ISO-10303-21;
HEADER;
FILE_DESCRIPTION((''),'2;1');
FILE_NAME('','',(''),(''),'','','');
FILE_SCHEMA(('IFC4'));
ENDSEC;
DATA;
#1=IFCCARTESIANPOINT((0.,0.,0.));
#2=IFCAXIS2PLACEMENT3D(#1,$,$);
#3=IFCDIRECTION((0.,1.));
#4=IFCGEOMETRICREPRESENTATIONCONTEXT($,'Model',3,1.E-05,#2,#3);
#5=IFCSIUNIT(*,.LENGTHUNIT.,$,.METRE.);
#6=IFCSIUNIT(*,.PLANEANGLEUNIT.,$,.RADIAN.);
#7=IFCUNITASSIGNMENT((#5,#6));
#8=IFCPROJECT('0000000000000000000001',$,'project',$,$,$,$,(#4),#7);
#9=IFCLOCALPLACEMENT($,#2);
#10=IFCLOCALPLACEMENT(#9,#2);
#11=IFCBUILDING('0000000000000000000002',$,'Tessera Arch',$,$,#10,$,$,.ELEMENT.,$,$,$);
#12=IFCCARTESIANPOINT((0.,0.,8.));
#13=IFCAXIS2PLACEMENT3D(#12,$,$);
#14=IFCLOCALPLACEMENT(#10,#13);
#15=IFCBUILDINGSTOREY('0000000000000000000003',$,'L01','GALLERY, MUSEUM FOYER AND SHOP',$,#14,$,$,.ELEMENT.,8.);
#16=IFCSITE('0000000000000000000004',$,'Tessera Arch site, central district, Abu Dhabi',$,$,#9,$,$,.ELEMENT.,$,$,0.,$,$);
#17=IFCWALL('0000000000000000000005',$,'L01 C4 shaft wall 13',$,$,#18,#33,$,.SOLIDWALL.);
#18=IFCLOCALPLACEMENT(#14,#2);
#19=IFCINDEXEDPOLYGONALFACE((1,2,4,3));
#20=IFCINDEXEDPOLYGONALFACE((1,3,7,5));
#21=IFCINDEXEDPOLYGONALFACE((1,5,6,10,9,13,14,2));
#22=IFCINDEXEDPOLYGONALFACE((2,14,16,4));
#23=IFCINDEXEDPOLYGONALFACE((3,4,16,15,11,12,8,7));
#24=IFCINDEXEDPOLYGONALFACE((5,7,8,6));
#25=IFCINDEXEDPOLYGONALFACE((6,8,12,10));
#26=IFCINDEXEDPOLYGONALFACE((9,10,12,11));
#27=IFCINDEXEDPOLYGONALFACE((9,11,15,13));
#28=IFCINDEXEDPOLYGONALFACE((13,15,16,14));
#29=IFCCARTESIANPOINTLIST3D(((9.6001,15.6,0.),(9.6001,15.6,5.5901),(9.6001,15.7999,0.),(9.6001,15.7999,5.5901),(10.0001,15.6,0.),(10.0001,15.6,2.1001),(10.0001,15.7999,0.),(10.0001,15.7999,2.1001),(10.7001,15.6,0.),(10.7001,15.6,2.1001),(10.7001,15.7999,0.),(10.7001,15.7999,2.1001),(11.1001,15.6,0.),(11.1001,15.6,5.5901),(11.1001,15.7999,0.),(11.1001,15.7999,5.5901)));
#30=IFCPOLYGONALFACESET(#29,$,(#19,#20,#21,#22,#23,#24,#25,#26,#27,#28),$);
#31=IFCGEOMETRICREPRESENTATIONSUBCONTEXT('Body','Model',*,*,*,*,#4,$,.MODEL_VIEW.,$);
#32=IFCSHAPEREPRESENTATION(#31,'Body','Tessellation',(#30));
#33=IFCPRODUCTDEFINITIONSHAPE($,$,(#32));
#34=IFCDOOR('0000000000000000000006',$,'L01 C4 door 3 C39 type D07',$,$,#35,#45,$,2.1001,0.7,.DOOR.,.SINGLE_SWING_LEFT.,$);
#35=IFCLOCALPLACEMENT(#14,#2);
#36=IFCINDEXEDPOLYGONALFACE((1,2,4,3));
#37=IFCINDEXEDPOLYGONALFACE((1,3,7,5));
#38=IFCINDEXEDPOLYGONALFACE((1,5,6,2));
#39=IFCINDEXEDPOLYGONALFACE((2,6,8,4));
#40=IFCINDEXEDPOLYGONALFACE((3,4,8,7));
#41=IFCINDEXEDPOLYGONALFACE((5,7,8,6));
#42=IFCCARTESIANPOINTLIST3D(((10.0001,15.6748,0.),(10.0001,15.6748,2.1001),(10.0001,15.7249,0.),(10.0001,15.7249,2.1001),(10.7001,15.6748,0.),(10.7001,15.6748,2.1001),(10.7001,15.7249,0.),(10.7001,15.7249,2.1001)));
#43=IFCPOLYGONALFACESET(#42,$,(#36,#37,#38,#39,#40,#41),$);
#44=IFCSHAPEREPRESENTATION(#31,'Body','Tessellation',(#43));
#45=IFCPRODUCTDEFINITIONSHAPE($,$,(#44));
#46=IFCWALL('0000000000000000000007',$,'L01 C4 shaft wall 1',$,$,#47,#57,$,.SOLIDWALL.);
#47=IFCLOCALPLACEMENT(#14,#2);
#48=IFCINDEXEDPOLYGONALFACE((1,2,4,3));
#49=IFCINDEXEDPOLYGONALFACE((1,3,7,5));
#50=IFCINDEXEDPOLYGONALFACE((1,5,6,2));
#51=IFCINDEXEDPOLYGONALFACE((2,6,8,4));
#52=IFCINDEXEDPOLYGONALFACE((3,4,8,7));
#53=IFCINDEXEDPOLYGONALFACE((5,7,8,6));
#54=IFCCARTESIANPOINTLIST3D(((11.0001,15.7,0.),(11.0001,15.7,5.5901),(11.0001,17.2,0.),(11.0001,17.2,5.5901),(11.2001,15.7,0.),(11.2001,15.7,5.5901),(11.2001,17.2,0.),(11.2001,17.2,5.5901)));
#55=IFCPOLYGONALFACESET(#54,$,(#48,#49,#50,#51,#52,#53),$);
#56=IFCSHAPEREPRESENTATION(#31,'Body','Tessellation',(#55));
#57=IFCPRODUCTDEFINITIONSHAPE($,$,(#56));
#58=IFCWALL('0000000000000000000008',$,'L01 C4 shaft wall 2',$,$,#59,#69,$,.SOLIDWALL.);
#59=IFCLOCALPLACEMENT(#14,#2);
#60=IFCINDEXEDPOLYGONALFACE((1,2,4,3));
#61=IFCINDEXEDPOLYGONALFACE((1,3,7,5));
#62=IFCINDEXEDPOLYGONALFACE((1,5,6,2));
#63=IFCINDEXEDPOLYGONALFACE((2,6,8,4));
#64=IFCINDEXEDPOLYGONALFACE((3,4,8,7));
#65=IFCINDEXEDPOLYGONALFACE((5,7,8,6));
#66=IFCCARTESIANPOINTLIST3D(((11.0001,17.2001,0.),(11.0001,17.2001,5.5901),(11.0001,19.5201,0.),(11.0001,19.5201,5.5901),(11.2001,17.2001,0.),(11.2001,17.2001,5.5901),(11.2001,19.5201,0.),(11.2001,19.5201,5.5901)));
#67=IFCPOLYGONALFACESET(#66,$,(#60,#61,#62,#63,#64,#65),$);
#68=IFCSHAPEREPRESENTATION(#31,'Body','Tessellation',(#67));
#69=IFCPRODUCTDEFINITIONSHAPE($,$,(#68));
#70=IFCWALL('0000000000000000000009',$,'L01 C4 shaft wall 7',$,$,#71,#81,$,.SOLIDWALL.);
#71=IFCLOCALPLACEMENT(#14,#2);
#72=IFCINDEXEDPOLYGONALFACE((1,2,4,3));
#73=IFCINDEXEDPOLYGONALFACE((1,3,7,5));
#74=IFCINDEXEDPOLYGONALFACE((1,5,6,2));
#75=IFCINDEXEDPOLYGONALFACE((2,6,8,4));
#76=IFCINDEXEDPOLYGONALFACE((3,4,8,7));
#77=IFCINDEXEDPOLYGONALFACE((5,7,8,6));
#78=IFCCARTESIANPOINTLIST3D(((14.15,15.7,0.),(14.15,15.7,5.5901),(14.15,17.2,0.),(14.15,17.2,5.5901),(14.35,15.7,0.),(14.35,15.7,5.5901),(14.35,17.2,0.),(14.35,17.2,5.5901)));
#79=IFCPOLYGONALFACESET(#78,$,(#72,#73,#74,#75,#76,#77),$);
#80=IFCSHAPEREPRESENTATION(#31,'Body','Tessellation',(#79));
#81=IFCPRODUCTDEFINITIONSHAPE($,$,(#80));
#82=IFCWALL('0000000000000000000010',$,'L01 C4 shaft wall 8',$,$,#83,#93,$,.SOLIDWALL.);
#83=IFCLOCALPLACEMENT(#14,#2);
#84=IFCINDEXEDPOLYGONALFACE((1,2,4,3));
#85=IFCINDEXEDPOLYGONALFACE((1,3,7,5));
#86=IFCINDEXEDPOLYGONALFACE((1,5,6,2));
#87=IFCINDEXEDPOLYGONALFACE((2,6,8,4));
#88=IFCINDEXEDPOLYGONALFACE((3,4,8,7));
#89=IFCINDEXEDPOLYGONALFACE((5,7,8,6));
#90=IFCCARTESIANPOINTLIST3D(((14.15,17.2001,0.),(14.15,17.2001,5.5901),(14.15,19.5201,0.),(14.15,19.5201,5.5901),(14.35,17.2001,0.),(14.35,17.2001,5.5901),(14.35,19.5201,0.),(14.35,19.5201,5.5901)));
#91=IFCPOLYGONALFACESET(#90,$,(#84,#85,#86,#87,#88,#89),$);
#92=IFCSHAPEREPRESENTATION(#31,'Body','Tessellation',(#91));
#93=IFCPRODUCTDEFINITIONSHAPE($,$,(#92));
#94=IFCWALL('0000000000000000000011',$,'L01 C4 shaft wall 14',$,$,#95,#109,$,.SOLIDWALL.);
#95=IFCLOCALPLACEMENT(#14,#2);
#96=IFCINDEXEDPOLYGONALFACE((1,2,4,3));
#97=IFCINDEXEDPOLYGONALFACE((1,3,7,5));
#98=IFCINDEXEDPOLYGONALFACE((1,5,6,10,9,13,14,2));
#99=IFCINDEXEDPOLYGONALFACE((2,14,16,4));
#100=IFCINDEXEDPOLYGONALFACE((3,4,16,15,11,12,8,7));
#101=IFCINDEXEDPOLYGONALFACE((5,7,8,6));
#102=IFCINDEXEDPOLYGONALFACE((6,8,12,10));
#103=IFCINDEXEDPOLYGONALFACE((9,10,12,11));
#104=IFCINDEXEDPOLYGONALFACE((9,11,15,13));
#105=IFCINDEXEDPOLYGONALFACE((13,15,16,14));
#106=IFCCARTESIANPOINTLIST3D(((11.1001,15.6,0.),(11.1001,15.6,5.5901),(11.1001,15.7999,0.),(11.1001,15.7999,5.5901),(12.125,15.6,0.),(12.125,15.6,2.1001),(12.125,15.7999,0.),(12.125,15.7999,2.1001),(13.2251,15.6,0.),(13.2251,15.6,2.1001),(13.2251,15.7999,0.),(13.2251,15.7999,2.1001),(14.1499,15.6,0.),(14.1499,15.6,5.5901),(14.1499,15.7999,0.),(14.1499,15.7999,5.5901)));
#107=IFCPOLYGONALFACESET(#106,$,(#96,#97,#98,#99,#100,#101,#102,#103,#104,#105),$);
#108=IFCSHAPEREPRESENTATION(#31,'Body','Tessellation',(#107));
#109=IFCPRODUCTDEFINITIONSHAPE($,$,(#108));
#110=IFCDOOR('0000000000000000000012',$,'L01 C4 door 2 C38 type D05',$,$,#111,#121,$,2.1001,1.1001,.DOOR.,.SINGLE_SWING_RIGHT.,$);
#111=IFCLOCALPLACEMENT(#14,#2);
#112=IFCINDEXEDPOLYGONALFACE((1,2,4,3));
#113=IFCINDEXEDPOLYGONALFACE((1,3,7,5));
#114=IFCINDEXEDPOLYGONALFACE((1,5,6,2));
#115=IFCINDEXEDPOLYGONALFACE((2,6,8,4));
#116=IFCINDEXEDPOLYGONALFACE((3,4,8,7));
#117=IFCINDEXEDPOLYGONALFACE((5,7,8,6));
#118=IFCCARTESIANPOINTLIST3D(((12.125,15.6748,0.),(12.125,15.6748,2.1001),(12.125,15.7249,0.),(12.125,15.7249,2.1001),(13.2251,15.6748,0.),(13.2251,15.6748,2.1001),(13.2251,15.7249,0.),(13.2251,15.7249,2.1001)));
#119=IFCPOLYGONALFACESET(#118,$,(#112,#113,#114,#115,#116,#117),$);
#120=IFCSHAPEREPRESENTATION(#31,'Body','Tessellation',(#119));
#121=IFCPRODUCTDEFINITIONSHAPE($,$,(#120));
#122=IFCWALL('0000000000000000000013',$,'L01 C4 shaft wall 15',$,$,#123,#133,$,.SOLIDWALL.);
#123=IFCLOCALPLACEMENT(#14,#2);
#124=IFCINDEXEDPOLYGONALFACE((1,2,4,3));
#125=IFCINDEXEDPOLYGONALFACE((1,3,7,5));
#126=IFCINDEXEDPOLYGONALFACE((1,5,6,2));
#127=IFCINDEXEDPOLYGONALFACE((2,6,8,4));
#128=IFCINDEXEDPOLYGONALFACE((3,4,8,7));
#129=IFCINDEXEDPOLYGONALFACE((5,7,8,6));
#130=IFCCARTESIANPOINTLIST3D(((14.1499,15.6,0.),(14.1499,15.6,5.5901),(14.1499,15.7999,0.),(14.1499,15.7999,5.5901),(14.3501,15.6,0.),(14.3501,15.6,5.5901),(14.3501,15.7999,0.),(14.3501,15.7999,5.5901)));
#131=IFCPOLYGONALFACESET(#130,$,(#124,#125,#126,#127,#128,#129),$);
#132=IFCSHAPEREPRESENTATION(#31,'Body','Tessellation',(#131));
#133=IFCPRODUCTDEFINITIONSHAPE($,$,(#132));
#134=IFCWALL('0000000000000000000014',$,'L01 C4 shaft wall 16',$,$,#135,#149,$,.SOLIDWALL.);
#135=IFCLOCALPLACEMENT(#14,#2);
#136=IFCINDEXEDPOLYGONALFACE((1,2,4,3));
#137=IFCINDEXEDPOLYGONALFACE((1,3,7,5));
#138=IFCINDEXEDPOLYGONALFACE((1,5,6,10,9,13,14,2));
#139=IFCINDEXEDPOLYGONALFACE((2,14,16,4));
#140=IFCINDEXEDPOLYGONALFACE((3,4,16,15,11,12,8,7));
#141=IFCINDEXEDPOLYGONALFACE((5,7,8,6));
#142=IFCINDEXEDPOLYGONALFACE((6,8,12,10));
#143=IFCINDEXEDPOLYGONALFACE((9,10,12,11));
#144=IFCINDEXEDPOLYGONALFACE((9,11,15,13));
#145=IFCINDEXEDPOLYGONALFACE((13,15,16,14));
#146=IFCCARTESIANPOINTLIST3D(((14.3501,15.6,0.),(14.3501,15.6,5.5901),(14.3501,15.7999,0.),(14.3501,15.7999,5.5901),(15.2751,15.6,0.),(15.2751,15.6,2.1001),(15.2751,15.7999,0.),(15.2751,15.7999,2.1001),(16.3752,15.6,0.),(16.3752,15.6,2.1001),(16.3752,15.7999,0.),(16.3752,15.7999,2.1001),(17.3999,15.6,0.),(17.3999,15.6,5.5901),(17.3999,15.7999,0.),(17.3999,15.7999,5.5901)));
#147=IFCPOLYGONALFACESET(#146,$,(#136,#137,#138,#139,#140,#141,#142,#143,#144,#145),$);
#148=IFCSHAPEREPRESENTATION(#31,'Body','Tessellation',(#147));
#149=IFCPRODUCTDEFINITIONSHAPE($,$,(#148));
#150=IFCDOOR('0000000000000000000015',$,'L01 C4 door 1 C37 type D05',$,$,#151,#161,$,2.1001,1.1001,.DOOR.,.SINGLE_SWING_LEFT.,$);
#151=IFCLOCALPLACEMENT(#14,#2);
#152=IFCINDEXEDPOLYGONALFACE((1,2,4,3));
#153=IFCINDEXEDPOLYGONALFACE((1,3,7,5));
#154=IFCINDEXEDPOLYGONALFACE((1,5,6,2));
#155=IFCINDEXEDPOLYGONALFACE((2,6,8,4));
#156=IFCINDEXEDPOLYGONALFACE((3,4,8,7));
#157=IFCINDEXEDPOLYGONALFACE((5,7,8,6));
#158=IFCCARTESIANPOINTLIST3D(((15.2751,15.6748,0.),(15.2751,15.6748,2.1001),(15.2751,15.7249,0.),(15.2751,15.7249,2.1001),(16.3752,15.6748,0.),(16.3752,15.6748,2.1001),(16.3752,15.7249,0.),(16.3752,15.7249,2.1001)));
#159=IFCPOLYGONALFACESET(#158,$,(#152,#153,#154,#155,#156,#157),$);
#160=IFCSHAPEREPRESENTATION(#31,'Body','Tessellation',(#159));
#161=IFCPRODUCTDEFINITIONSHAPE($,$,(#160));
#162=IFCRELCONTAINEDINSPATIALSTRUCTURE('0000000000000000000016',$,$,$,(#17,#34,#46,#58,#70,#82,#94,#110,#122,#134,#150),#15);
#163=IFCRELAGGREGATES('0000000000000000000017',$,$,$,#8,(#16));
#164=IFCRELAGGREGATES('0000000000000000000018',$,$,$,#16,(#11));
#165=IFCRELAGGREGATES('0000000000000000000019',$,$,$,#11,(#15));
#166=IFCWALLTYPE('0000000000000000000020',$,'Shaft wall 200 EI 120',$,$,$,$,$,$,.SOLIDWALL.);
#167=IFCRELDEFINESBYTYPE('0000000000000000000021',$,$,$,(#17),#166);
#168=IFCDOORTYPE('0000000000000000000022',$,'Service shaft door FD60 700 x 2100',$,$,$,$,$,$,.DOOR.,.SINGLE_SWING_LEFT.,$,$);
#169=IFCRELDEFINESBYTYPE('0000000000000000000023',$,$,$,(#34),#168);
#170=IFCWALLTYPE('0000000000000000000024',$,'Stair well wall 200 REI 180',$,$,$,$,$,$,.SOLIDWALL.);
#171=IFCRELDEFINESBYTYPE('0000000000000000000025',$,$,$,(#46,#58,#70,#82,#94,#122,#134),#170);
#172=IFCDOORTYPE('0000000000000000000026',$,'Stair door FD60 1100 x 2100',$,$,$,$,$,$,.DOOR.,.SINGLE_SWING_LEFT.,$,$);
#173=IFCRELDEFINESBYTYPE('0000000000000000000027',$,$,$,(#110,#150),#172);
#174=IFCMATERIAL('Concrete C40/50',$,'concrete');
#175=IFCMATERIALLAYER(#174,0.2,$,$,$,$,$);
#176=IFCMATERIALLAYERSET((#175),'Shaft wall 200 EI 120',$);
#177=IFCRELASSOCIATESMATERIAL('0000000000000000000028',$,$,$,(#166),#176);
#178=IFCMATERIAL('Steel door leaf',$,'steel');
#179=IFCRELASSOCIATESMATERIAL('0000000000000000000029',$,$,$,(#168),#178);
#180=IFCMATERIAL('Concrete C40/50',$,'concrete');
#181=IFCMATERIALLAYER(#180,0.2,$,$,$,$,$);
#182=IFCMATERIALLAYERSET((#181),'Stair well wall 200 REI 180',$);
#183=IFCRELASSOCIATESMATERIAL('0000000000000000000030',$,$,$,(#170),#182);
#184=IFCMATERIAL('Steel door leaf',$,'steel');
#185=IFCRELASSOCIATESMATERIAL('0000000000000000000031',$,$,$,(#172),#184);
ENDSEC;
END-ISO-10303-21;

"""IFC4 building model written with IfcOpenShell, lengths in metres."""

from ifc_helpers import new_model, si_unit, direction, frame, frame_2d, origin, place, context, subcontext, project, spatial, rectangle, extrude, material, layer, layer_set, type_object, element, fill, save


model = new_model("IFC4")

# Units and contexts
model_context = context("Model", 3, precision=1e-05, world=origin(), true_north=direction((0.0, 1.0)))
body_context = subcontext(model_context, "Body", "Model", "MODEL_VIEW")
ifc_project = project(units=[si_unit("LENGTHUNIT", "METRE"), si_unit("PLANEANGLEUNIT", "RADIAN")], contexts=[model_context])

# Site, building, storey
site_placement = place(None, origin())
site = spatial("IfcSite", under=ifc_project, at=site_placement, Name="Tessera Arch site, central district, Abu Dhabi", CompositionType="ELEMENT", RefElevation=0.0)
building_placement = place(site_placement, origin())
building = spatial("IfcBuilding", under=site, at=building_placement, Name="Tessera Arch", CompositionType="ELEMENT")
storey_placement = place(building_placement, frame((0.0, 0.0, 8.0)))
storey = spatial("IfcBuildingStorey", under=building, at=storey_placement, Name="L01", Description="GALLERY, MUSEUM FOYER AND SHOP", CompositionType="ELEMENT", Elevation=8.0)

# Wall, opening, door
ifc_material_1 = material(Name="Concrete C40/50", Category="concrete")
ifc_layer_1 = layer(ifc_material_1, 0.2)
ifc_layer_set_1 = layer_set([ifc_layer_1], Name="Shaft wall 200 EI 120")
wall_type_1 = type_object("IfcWallType", Name="Shaft wall 200 EI 120", PredefinedType="SOLIDWALL", material=ifc_layer_set_1)
wall_1_placement = place(storey_placement, frame((9.6001, 15.7, 0.0), z_axis=(0.0, 0.0, 1.0), x_axis=(1.0, 0.0, 0.0)))
wall_1 = element("IfcWall", 1, at=wall_1_placement, inside=storey, type_object=wall_type_1, Name="L01 C4 shaft wall 13", PredefinedType="SOLIDWALL", context=body_context, shape_type="SweptSolid", body=[
    extrude(rectangle(XDim=1.5, YDim=0.2, at=frame_2d((0.75, 0.0))), origin(), (0.0, 0.0, 1.0), 5.5901),
])
opening_1_placement = place(wall_1_placement, frame((0.3999, 0.0, 0.0)))
opening_1 = element("IfcOpeningElement", 2, at=opening_1_placement, cuts=wall_1, PredefinedType="OPENING", context=body_context, shape_type="SweptSolid", body=[
    extrude(rectangle(XDim=0.7, YDim=2.1001, at=frame_2d((0.3501, 1.05))), frame((0.0, 0.1099, 0.0), z_axis=(0.0, -1.0, 0.0), x_axis=(1.0, 0.0, 0.0)), (0.0, 0.0, 1.0), 0.22),
])
ifc_material_2 = material(Name="Steel door leaf", Category="steel")
door_type_1 = type_object("IfcDoorType", Name="Service shaft door FD60 700 x 2100", OperationType="SINGLE_SWING_LEFT", PredefinedType="DOOR", material=ifc_material_2)
door_1_placement = place(opening_1_placement, origin())
door_1 = element("IfcDoor", 3, at=door_1_placement, inside=storey, type_object=door_type_1, Name="L01 C4 door 3 C39 type D07", OperationType="SINGLE_SWING_LEFT", OverallHeight=2.1001, OverallWidth=0.7, PredefinedType="DOOR", context=body_context, shape_type="SweptSolid", body=[
    extrude(rectangle(XDim=0.7, YDim=2.1001, at=frame_2d((0.3501, 1.05))), frame((0.0, 0.0249, 0.0), z_axis=(0.0, -1.0, 0.0), x_axis=(1.0, 0.0, 0.0)), (0.0, 0.0, 1.0), 0.05),
])
fill(opening_1, door_1)

# Walls
ifc_material_3 = material(Name="Concrete C40/50", Category="concrete")
ifc_layer_2 = layer(ifc_material_3, 0.2)
ifc_layer_set_2 = layer_set([ifc_layer_2], Name="Stair well wall 200 REI 180")
wall_type_2 = type_object("IfcWallType", Name="Stair well wall 200 REI 180", PredefinedType="SOLIDWALL", material=ifc_layer_set_2)
wall_2_placement = place(storey_placement, frame((11.1001, 15.7, 0.0), z_axis=(0.0, 0.0, 1.0), x_axis=(0.0, 1.0, 0.0)))
element("IfcWall", 4, at=wall_2_placement, inside=storey, type_object=wall_type_2, Name="L01 C4 shaft wall 1", PredefinedType="SOLIDWALL", context=body_context, shape_type="SweptSolid", body=[
    extrude(rectangle(XDim=1.5, YDim=0.2, at=frame_2d((0.75, 0.0))), origin(), (0.0, 0.0, 1.0), 5.5901),
])
wall_3_placement = place(storey_placement, frame((11.1001, 17.2, 0.0), z_axis=(0.0, 0.0, 1.0), x_axis=(0.0, 1.0, 0.0)))
element("IfcWall", 5, at=wall_3_placement, inside=storey, type_object=wall_type_2, Name="L01 C4 shaft wall 2", PredefinedType="SOLIDWALL", context=body_context, shape_type="SweptSolid", body=[
    extrude(rectangle(XDim=2.3201, YDim=0.2, at=frame_2d((1.1602, 0.0))), origin(), (0.0, 0.0, 1.0), 5.5901),
])
wall_4_placement = place(storey_placement, frame((14.25, 15.7, 0.0), z_axis=(0.0, 0.0, 1.0), x_axis=(0.0, 1.0, 0.0)))
element("IfcWall", 6, at=wall_4_placement, inside=storey, type_object=wall_type_2, Name="L01 C4 shaft wall 7", PredefinedType="SOLIDWALL", context=body_context, shape_type="SweptSolid", body=[
    extrude(rectangle(XDim=1.5, YDim=0.2, at=frame_2d((0.75, 0.0))), origin(), (0.0, 0.0, 1.0), 5.5901),
])
wall_5_placement = place(storey_placement, frame((14.25, 17.2, 0.0), z_axis=(0.0, 0.0, 1.0), x_axis=(0.0, 1.0, 0.0)))
element("IfcWall", 7, at=wall_5_placement, inside=storey, type_object=wall_type_2, Name="L01 C4 shaft wall 8", PredefinedType="SOLIDWALL", context=body_context, shape_type="SweptSolid", body=[
    extrude(rectangle(XDim=2.3201, YDim=0.2, at=frame_2d((1.1602, 0.0))), origin(), (0.0, 0.0, 1.0), 5.5901),
])

# Wall, opening, door
wall_6_placement = place(storey_placement, frame((11.1001, 15.7, 0.0), z_axis=(0.0, 0.0, 1.0), x_axis=(1.0, 0.0, 0.0)))
wall_6 = element("IfcWall", 8, at=wall_6_placement, inside=storey, type_object=wall_type_2, Name="L01 C4 shaft wall 14", PredefinedType="SOLIDWALL", context=body_context, shape_type="SweptSolid", body=[
    extrude(rectangle(XDim=3.0498, YDim=0.2, at=frame_2d((1.5249, 0.0))), origin(), (0.0, 0.0, 1.0), 5.5901),
])
opening_2_placement = place(wall_6_placement, frame((1.0249, 0.0, 0.0)))
opening_2 = element("IfcOpeningElement", 9, at=opening_2_placement, cuts=wall_6, PredefinedType="OPENING", context=body_context, shape_type="SweptSolid", body=[
    extrude(rectangle(XDim=1.1001, YDim=2.1001, at=frame_2d((0.55, 1.05))), frame((0.0, 0.1099, 0.0), z_axis=(0.0, -1.0, 0.0), x_axis=(1.0, 0.0, 0.0)), (0.0, 0.0, 1.0), 0.22),
])
ifc_material_4 = material(Name="Steel door leaf", Category="steel")
door_type_2 = type_object("IfcDoorType", Name="Stair door FD60 1100 x 2100", OperationType="SINGLE_SWING_LEFT", PredefinedType="DOOR", material=ifc_material_4)
door_2_placement = place(opening_2_placement, origin())
door_2 = element("IfcDoor", 10, at=door_2_placement, inside=storey, type_object=door_type_2, Name="L01 C4 door 2 C38 type D05", OperationType="SINGLE_SWING_RIGHT", OverallHeight=2.1001, OverallWidth=1.1001, PredefinedType="DOOR", context=body_context, shape_type="SweptSolid", body=[
    extrude(rectangle(XDim=1.1001, YDim=2.1001, at=frame_2d((0.55, 1.05))), frame((0.0, 0.0249, 0.0), z_axis=(0.0, -1.0, 0.0), x_axis=(1.0, 0.0, 0.0)), (0.0, 0.0, 1.0), 0.05),
])
fill(opening_2, door_2)

# Wall
wall_7_placement = place(storey_placement, frame((14.1499, 15.7, 0.0), z_axis=(0.0, 0.0, 1.0), x_axis=(1.0, 0.0, 0.0)))
element("IfcWall", 11, at=wall_7_placement, inside=storey, type_object=wall_type_2, Name="L01 C4 shaft wall 15", PredefinedType="SOLIDWALL", context=body_context, shape_type="SweptSolid", body=[
    extrude(rectangle(XDim=0.2002, YDim=0.2, at=frame_2d((0.1001, 0.0))), origin(), (0.0, 0.0, 1.0), 5.5901),
])

# Wall, opening, door
wall_8_placement = place(storey_placement, frame((14.3501, 15.7, 0.0), z_axis=(0.0, 0.0, 1.0), x_axis=(1.0, 0.0, 0.0)))
wall_8 = element("IfcWall", 12, at=wall_8_placement, inside=storey, type_object=wall_type_2, Name="L01 C4 shaft wall 16", PredefinedType="SOLIDWALL", context=body_context, shape_type="SweptSolid", body=[
    extrude(rectangle(XDim=3.0498, YDim=0.2, at=frame_2d((1.5249, 0.0))), origin(), (0.0, 0.0, 1.0), 5.5901),
])
opening_3_placement = place(wall_8_placement, frame((0.925, 0.0, 0.0)))
opening_3 = element("IfcOpeningElement", 13, at=opening_3_placement, cuts=wall_8, PredefinedType="OPENING", context=body_context, shape_type="SweptSolid", body=[
    extrude(rectangle(XDim=1.1001, YDim=2.1001, at=frame_2d((0.55, 1.05))), frame((0.0, 0.1099, 0.0), z_axis=(0.0, -1.0, 0.0), x_axis=(1.0, 0.0, 0.0)), (0.0, 0.0, 1.0), 0.22),
])
door_3_placement = place(opening_3_placement, origin())
door_3 = element("IfcDoor", 14, at=door_3_placement, inside=storey, type_object=door_type_2, Name="L01 C4 door 1 C37 type D05", OperationType="SINGLE_SWING_LEFT", OverallHeight=2.1001, OverallWidth=1.1001, PredefinedType="DOOR", context=body_context, shape_type="SweptSolid", body=[
    extrude(rectangle(XDim=1.1001, YDim=2.1001, at=frame_2d((0.55, 1.05))), frame((0.0, 0.0249, 0.0), z_axis=(0.0, -1.0, 0.0), x_axis=(1.0, 0.0, 0.0)), (0.0, 0.0, 1.0), 0.05),
])
fill(opening_3, door_3)

save(model, "model.ifc")
